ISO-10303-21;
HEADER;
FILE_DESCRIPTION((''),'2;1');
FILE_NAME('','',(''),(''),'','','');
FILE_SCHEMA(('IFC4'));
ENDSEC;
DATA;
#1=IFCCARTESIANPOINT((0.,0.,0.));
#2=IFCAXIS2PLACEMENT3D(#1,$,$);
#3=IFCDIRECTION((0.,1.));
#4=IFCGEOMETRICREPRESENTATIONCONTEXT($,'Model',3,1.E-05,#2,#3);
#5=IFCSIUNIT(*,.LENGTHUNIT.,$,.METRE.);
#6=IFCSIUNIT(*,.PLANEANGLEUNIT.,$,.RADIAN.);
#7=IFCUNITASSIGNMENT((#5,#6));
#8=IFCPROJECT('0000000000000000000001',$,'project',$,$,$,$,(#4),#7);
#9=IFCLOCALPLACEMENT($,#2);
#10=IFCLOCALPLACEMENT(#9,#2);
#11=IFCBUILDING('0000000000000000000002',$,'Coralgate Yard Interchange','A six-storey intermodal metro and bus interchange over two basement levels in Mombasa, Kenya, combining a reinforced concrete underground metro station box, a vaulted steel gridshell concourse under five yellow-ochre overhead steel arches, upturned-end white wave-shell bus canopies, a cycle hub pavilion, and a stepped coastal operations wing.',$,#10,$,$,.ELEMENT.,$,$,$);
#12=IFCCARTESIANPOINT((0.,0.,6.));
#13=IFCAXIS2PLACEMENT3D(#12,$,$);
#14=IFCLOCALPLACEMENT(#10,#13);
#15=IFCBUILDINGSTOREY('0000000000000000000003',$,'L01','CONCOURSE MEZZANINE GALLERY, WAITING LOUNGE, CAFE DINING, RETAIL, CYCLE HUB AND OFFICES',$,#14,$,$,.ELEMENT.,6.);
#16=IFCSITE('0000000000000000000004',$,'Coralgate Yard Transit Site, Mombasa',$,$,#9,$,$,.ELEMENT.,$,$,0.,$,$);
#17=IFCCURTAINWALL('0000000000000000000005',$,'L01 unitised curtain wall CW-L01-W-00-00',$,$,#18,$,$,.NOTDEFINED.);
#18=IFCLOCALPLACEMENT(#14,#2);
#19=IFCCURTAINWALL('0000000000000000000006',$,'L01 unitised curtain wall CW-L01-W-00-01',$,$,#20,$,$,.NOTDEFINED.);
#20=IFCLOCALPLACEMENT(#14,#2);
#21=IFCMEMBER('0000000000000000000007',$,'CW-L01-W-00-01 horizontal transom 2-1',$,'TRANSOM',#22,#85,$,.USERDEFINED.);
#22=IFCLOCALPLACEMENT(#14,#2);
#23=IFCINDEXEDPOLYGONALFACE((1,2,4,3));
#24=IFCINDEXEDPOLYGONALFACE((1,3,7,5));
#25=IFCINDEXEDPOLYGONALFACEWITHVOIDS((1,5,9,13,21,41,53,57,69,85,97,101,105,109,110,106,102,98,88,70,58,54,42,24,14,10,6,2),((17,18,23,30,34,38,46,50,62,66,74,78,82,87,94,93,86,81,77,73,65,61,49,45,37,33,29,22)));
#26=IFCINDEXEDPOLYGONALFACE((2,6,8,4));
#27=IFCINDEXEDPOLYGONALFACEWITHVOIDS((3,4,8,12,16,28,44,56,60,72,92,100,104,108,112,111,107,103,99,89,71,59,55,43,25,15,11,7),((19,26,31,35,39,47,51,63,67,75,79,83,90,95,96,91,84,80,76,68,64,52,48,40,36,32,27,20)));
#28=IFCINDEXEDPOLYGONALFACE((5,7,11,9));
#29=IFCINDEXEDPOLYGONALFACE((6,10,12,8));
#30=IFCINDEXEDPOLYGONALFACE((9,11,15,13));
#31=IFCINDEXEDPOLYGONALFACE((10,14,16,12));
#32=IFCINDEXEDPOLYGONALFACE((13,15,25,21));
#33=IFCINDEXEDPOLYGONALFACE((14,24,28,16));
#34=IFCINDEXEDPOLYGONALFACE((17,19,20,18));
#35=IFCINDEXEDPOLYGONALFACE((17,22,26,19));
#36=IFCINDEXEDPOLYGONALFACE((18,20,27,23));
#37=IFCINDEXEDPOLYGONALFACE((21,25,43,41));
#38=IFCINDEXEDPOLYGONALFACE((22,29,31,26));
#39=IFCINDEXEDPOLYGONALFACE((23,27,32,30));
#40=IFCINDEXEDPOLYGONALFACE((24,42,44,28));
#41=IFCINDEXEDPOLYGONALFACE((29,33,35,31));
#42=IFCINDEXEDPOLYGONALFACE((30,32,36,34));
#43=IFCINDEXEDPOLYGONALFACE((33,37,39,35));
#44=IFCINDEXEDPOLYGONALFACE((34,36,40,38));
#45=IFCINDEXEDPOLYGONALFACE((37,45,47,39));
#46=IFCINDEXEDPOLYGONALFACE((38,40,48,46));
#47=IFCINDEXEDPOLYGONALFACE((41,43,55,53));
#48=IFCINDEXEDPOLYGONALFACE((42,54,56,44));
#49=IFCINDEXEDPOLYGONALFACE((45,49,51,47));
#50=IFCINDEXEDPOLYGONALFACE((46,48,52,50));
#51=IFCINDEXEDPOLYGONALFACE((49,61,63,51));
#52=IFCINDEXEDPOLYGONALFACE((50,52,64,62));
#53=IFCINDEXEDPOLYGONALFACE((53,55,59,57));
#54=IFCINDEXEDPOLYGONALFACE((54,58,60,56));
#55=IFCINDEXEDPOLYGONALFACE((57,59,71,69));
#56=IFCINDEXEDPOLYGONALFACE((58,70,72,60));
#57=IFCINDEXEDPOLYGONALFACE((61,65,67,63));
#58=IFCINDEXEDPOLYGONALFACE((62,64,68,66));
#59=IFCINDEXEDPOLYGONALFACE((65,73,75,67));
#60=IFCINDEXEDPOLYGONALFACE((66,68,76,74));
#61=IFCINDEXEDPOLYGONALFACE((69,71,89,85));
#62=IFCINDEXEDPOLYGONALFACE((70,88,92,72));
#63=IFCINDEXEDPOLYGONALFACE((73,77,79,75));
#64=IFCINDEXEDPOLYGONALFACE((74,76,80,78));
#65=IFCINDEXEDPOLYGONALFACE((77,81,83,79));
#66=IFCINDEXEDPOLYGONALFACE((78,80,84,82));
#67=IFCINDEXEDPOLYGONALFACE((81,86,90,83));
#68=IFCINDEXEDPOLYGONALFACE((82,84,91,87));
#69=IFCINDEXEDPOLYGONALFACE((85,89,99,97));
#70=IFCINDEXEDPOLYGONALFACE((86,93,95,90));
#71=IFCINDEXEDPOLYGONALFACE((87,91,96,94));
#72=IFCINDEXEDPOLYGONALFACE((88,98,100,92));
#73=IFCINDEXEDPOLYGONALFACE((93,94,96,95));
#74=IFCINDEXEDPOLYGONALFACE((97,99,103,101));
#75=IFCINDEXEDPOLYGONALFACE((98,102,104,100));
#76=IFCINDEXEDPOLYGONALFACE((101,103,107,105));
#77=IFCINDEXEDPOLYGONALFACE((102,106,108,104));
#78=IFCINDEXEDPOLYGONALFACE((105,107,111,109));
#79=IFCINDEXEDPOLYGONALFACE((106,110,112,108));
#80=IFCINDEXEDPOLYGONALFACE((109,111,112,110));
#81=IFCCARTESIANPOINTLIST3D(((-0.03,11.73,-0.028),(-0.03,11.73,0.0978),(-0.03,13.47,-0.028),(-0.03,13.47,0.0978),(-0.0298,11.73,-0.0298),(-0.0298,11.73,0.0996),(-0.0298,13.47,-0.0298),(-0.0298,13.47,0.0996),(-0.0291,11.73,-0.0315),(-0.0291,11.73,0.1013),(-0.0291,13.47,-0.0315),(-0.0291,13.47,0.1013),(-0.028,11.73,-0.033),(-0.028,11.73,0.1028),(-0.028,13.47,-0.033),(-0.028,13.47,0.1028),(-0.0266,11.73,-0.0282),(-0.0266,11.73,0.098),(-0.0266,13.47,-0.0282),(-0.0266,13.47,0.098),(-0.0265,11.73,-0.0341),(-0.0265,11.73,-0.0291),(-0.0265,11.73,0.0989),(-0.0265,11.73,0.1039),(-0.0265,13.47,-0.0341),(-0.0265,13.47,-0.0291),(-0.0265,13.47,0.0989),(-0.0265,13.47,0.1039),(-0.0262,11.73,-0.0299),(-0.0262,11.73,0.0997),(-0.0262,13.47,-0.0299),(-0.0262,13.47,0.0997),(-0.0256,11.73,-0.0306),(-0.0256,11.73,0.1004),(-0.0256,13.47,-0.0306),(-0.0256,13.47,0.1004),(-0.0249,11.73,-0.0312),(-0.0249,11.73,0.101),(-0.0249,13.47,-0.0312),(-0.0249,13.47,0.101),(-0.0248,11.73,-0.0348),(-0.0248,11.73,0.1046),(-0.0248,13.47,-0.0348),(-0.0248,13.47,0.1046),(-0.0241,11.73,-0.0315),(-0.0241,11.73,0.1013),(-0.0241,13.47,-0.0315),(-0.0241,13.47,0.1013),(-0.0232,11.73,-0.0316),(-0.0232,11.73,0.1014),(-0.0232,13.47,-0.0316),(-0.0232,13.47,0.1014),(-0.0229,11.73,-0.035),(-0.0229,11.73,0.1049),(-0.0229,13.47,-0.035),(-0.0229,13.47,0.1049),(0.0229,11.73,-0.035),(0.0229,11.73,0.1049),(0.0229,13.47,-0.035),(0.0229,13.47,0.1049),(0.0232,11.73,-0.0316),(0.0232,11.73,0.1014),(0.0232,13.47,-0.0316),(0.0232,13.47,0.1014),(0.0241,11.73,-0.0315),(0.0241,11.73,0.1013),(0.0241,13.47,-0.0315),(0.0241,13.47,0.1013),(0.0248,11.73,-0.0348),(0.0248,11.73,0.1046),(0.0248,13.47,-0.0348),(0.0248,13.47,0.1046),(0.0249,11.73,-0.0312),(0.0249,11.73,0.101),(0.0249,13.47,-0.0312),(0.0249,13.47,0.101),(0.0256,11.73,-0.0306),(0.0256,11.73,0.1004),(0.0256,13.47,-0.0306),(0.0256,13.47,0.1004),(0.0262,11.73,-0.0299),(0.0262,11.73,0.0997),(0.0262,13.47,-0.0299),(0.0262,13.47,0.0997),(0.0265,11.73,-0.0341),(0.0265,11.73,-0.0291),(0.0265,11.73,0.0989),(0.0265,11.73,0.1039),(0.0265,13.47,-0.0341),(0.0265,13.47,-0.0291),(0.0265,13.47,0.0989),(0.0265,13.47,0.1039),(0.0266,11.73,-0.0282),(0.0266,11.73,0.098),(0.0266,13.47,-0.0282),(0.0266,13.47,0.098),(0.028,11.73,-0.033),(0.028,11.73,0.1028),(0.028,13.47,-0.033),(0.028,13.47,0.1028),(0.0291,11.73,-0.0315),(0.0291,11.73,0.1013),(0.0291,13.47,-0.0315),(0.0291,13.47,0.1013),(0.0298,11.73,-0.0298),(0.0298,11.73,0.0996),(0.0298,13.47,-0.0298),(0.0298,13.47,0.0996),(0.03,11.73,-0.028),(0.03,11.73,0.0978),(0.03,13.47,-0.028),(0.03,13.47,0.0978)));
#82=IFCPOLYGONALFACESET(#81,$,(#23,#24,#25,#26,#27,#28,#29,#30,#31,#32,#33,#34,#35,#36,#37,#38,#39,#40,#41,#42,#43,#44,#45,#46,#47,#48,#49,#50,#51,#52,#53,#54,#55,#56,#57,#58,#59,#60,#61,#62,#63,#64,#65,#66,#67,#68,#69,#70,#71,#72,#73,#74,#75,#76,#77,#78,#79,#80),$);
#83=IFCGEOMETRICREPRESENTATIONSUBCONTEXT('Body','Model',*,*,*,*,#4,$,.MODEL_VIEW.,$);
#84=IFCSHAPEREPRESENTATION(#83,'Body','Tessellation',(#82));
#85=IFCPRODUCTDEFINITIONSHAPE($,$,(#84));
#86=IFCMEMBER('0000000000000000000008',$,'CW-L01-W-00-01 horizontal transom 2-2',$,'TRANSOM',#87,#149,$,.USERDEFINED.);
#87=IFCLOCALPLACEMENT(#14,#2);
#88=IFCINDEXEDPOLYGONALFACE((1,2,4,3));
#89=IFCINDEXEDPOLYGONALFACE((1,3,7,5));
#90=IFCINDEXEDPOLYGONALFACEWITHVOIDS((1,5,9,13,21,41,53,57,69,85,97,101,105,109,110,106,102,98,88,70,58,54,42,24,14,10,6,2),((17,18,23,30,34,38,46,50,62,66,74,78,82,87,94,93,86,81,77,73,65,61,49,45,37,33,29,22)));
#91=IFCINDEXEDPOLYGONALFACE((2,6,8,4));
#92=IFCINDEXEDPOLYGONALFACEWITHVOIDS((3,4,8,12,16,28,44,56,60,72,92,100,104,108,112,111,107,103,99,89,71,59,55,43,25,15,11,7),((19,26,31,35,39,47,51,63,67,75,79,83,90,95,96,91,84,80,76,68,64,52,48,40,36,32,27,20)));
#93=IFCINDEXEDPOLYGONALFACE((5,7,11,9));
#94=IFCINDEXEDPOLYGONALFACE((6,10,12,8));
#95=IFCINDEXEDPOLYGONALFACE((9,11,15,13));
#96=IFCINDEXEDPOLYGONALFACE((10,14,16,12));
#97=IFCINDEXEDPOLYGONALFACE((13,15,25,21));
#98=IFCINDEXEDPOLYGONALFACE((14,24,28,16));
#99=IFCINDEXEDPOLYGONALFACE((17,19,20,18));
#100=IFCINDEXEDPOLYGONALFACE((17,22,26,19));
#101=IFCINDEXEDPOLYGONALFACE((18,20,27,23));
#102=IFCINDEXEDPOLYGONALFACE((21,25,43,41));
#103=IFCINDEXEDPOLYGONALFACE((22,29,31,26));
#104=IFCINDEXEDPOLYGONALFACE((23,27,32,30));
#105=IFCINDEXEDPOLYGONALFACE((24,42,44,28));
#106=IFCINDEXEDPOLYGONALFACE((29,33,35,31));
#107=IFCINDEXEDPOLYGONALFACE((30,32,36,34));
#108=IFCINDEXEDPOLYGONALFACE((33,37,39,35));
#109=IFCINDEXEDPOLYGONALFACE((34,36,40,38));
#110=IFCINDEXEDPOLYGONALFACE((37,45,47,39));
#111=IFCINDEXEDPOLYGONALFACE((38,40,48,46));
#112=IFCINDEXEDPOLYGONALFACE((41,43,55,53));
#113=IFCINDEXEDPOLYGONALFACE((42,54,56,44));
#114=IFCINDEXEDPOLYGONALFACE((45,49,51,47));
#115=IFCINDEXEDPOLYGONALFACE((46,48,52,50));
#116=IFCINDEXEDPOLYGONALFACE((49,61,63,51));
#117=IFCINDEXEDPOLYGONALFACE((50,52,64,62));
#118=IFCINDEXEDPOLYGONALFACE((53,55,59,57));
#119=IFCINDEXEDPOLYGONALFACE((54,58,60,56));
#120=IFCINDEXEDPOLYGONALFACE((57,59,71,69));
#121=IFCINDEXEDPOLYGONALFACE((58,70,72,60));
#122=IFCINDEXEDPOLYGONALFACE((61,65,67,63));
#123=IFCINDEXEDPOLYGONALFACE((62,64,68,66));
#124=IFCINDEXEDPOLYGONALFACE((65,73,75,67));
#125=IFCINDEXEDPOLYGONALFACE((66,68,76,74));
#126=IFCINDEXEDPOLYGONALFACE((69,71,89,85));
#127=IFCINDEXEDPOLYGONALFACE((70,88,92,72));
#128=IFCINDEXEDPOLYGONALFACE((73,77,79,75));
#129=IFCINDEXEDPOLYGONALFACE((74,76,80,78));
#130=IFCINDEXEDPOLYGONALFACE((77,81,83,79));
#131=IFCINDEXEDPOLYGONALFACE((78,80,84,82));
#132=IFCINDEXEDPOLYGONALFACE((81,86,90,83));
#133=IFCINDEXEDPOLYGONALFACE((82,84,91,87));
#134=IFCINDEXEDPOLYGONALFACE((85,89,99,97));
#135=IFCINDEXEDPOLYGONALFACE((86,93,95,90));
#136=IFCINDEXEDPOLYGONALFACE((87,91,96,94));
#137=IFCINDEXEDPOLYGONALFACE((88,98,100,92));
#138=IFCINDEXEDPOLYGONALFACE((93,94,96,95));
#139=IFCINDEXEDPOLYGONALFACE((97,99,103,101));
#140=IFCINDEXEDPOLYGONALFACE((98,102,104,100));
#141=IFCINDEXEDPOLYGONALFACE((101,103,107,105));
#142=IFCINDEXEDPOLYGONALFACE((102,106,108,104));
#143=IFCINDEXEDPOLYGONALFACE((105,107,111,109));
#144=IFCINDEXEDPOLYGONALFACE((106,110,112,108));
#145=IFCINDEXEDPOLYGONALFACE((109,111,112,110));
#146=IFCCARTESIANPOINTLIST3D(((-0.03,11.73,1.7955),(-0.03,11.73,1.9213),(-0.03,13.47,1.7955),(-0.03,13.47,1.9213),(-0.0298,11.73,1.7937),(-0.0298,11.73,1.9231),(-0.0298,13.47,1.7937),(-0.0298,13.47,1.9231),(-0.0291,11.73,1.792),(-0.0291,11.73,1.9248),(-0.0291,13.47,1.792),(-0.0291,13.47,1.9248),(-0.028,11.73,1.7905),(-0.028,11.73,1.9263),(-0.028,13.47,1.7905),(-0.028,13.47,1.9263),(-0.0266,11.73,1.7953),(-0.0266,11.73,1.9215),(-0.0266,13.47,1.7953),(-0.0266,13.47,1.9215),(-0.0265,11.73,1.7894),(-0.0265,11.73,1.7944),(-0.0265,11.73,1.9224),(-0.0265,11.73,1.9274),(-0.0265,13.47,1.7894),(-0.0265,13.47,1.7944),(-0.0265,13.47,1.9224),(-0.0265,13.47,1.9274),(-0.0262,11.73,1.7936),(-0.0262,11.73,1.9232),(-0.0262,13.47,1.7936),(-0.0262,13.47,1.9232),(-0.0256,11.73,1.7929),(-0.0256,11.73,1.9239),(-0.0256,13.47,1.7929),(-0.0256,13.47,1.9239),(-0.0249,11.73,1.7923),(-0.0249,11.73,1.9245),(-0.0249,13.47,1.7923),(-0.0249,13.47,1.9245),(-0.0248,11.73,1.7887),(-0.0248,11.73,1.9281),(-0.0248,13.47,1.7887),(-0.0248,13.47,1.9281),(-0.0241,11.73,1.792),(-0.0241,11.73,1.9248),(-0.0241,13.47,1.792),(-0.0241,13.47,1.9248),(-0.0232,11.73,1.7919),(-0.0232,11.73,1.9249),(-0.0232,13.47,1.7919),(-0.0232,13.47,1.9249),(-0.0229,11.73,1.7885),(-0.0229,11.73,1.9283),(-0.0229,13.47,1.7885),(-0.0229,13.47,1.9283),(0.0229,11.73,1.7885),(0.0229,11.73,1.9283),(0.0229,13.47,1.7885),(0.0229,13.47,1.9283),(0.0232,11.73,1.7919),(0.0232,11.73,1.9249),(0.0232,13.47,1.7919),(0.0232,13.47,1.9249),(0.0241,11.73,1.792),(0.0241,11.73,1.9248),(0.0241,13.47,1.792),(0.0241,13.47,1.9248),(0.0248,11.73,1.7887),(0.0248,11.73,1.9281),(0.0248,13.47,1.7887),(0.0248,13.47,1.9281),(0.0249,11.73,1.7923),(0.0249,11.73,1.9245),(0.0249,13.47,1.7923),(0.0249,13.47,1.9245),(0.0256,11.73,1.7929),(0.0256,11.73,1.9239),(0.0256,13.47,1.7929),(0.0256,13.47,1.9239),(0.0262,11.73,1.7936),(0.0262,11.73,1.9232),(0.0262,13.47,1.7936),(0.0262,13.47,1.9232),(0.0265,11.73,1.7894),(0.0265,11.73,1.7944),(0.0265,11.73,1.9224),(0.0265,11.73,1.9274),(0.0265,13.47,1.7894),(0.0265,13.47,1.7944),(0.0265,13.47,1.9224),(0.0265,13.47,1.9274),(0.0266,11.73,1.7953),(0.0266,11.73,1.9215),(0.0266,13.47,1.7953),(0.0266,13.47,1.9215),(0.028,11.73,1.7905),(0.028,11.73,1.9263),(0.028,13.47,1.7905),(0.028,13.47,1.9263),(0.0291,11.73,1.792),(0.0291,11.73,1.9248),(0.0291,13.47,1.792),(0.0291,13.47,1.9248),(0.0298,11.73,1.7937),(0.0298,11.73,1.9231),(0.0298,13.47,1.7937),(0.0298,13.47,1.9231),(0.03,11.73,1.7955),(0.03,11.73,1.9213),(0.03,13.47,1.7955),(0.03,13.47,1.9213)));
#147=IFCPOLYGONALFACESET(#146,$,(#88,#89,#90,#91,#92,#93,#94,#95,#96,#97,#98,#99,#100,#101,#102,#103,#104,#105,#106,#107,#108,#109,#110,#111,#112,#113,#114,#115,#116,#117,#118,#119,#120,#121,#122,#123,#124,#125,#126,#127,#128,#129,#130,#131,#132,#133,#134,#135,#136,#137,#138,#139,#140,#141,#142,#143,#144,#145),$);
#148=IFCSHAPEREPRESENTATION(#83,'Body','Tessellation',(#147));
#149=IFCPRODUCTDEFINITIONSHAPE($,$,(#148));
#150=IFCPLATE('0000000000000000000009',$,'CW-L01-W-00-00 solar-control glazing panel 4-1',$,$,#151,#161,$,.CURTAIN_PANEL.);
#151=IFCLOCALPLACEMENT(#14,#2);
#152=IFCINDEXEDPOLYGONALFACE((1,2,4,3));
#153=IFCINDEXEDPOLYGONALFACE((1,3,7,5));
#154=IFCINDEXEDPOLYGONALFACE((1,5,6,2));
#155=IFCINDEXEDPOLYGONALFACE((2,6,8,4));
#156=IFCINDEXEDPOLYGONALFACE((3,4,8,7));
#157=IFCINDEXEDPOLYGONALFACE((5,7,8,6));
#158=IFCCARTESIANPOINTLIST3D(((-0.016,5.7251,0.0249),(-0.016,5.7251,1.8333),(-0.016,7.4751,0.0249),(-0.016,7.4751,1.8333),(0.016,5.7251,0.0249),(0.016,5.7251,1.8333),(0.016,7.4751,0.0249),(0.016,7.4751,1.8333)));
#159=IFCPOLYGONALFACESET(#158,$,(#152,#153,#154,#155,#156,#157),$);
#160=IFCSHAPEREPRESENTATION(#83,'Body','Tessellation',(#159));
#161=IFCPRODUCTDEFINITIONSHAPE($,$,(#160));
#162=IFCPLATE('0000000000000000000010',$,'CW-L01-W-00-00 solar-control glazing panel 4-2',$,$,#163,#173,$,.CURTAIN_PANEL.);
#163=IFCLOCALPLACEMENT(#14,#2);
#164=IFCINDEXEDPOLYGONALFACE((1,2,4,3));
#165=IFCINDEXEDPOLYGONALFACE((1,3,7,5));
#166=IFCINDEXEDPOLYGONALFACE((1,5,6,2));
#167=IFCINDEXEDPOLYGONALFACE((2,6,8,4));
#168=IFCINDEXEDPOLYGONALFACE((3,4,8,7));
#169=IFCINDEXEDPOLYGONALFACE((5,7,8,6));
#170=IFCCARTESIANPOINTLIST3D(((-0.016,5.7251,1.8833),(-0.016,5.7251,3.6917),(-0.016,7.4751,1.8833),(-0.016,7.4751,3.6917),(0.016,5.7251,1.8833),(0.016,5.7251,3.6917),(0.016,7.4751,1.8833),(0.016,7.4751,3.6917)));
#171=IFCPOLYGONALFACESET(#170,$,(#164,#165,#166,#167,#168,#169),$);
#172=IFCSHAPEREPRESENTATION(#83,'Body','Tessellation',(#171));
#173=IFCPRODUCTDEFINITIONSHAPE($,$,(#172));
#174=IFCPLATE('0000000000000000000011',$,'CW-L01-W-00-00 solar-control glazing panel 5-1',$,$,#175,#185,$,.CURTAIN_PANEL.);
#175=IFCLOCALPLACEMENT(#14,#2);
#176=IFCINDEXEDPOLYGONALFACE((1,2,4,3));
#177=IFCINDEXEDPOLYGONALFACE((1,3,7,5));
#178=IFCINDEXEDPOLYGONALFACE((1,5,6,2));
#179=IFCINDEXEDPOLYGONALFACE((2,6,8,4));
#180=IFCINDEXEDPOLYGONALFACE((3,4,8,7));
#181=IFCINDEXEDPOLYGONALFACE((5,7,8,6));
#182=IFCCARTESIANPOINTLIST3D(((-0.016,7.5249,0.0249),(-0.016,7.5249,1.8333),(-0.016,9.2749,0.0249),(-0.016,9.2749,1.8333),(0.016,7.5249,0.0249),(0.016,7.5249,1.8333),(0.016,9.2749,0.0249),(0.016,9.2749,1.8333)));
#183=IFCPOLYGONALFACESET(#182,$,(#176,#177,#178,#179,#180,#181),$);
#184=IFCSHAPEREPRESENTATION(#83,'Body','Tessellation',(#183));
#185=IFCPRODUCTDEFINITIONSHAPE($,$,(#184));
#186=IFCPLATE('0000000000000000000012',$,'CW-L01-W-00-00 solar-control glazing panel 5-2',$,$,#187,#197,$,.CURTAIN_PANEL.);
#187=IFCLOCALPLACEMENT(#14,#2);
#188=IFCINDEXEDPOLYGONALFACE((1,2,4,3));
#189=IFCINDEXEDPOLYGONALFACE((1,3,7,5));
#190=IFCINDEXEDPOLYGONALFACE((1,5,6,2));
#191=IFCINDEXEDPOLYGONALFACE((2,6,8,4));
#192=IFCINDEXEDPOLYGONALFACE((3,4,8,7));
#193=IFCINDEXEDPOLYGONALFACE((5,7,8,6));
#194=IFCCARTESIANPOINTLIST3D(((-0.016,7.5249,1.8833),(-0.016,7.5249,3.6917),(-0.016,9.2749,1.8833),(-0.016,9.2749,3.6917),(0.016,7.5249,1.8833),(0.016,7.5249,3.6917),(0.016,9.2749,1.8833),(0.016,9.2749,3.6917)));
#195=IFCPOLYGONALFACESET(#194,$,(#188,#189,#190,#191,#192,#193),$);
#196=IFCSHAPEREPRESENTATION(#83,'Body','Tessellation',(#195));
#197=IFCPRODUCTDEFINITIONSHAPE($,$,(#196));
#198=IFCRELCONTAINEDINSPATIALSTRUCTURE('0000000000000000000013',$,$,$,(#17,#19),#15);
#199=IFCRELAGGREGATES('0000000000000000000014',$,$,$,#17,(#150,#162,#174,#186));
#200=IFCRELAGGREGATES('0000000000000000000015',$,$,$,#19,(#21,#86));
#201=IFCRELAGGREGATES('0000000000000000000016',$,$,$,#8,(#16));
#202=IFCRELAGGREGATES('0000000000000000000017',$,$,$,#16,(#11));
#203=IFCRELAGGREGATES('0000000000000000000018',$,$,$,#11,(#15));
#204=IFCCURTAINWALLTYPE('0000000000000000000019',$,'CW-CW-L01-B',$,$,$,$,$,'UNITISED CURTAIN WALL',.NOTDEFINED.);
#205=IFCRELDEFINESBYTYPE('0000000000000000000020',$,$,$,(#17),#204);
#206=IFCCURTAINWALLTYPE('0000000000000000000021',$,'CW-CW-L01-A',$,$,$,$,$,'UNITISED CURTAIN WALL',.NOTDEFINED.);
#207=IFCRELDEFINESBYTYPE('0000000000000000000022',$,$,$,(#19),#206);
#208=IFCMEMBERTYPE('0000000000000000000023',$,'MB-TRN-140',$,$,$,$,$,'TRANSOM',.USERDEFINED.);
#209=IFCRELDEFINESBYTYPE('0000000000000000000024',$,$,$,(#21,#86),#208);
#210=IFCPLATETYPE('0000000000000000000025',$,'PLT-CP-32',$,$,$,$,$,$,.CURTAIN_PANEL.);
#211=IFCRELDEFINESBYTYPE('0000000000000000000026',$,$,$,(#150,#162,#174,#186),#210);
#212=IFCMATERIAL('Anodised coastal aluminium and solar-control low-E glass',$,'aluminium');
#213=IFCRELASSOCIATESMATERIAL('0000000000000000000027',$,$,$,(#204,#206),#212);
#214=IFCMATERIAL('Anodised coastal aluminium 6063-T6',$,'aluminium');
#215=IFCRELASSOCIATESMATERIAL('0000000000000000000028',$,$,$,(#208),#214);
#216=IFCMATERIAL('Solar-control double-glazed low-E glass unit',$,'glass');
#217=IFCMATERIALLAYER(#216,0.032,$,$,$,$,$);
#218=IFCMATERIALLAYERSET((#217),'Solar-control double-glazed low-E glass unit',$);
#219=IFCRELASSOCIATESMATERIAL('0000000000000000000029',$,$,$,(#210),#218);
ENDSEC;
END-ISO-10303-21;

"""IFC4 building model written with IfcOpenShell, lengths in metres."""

from ifc_helpers import new_model, si_unit, direction, frame, origin, origin_2d, place, context, subcontext, project, spatial, rectangle, hollow_rectangle, extrude, material, layer, layer_set, material_profile, profile_set, type_object, element, aggregate, save


model = new_model("IFC4")

# Units and contexts
model_context = context("Model", 3, precision=1e-05, world=origin(), true_north=direction((0.0, 1.0)))
body_context = subcontext(model_context, "Body", "Model", "MODEL_VIEW")
ifc_project = project(units=[si_unit("LENGTHUNIT", "METRE"), si_unit("PLANEANGLEUNIT", "RADIAN")], contexts=[model_context])

# Site, building, storey
site_placement = place(None, origin())
site = spatial("IfcSite", under=ifc_project, at=site_placement, Name="Coralgate Yard Transit Site, Mombasa", CompositionType="ELEMENT", RefElevation=0.0)
building_placement = place(site_placement, origin())
building = spatial("IfcBuilding", under=site, at=building_placement, Name="Coralgate Yard Interchange", Description="A six-storey intermodal metro and bus interchange over two basement levels in Mombasa, Kenya, combining a reinforced concrete underground metro station box, a vaulted steel gridshell concourse under five yellow-ochre overhead steel arches, upturned-end white wave-shell bus canopies, a cycle hub pavilion, and a stepped coastal operations wing.", CompositionType="ELEMENT")
storey_placement = place(building_placement, frame((0.0, 0.0, 6.0)))
storey = spatial("IfcBuildingStorey", under=building, at=storey_placement, Name="L01", Description="CONCOURSE MEZZANINE GALLERY, WAITING LOUNGE, CAFE DINING, RETAIL, CYCLE HUB AND OFFICES", CompositionType="ELEMENT", Elevation=6.0)

# Curtain walls
ifc_material_1 = material(Name="Anodised coastal aluminium and solar-control low-E glass", Category="aluminium")
curtain_wall_type_1 = type_object("IfcCurtainWallType", Name="CW-CW-L01-B", ElementType="UNITISED CURTAIN WALL", PredefinedType="NOTDEFINED", material=ifc_material_1)
curtain_wall_1_placement = place(storey_placement, origin())
curtain_wall_1 = element("IfcCurtainWall", 1, at=curtain_wall_1_placement, inside=storey, type_object=curtain_wall_type_1, Name="L01 unitised curtain wall CW-L01-W-00-00", PredefinedType="NOTDEFINED")
ifc_material_2 = material(Name="Anodised coastal aluminium 6063-T6", Category="aluminium")
curtain_wall_type_2 = type_object("IfcCurtainWallType", Name="CW-CW-L01-A", ElementType="UNITISED CURTAIN WALL", PredefinedType="NOTDEFINED", material=ifc_material_1)
curtain_wall_2_placement = place(storey_placement, origin())
curtain_wall_2 = element("IfcCurtainWall", 2, at=curtain_wall_2_placement, inside=storey, type_object=curtain_wall_type_2, Name="L01 unitised curtain wall CW-L01-W-00-01", PredefinedType="NOTDEFINED")

# Members
ifc_material_profile_1 = material_profile(ifc_material_2, hollow_rectangle(XDim=0.0601, YDim=0.1399, WallThickness=0.0034, InnerFilletRadius=0.0034, OuterFilletRadius=0.0071, at=origin_2d()), Name="ALU 60x140x3.5")
ifc_profile_set_1 = profile_set([ifc_material_profile_1], Name="Anodised coastal aluminium 6063-T6")
member_type_1 = type_object("IfcMemberType", Name="MB-TRN-140", ElementType="TRANSOM", PredefinedType="USERDEFINED", material=ifc_profile_set_1)
member_1_placement = place(storey_placement, frame((0.0, 11.73, 0.0349), z_axis=(0.0, 1.0, 0.0), x_axis=(-1.0, 0.0, 0.0)))
member_1 = element("IfcMember", 3, at=member_1_placement, type_object=member_type_1, Name="CW-L01-W-00-01 horizontal transom 2-1", ObjectType="TRANSOM", PredefinedType="USERDEFINED", context=body_context, shape_type="SweptSolid", body=[
    extrude(hollow_rectangle(XDim=0.0601, YDim=0.1399, WallThickness=0.0034, InnerFilletRadius=0.0034, OuterFilletRadius=0.0071, at=origin_2d()), origin(), (0.0, 0.0, 1.0), 1.74),
])
member_2_placement = place(storey_placement, frame((0.0, 11.73, 1.8584), z_axis=(0.0, 1.0, 0.0), x_axis=(-1.0, 0.0, 0.0)))
member_2 = element("IfcMember", 4, at=member_2_placement, type_object=member_type_1, Name="CW-L01-W-00-01 horizontal transom 2-2", ObjectType="TRANSOM", PredefinedType="USERDEFINED", context=body_context, shape_type="SweptSolid", body=[
    extrude(hollow_rectangle(XDim=0.0601, YDim=0.1399, WallThickness=0.0034, InnerFilletRadius=0.0034, OuterFilletRadius=0.0071, at=origin_2d()), origin(), (0.0, 0.0, 1.0), 1.74),
])

# Plates
ifc_material_3 = material(Name="Solar-control double-glazed low-E glass unit", Category="glass")
ifc_layer_1 = layer(ifc_material_3, 0.032)
ifc_layer_set_1 = layer_set([ifc_layer_1], Name="Solar-control double-glazed low-E glass unit")
plate_type = type_object("IfcPlateType", Name="PLT-CP-32", PredefinedType="CURTAIN_PANEL", material=ifc_layer_set_1)
plate_1_placement = place(storey_placement, frame((0.0, 6.6001, 0.0249), z_axis=(0.0, 0.0, 1.0), x_axis=(0.0, 1.0, 0.0)))
plate_1 = element("IfcPlate", 5, at=plate_1_placement, type_object=plate_type, Name="CW-L01-W-00-00 solar-control glazing panel 4-1", PredefinedType="CURTAIN_PANEL", context=body_context, shape_type="SweptSolid", body=[
    extrude(rectangle(XDim=1.75, YDim=0.032, at=origin_2d()), origin(), (0.0, 0.0, 1.0), 1.8083),
])
plate_2_placement = place(storey_placement, frame((0.0, 6.6001, 1.8833), z_axis=(0.0, 0.0, 1.0), x_axis=(0.0, 1.0, 0.0)))
plate_2 = element("IfcPlate", 6, at=plate_2_placement, type_object=plate_type, Name="CW-L01-W-00-00 solar-control glazing panel 4-2", PredefinedType="CURTAIN_PANEL", context=body_context, shape_type="SweptSolid", body=[
    extrude(rectangle(XDim=1.75, YDim=0.032, at=origin_2d()), origin(), (0.0, 0.0, 1.0), 1.8083),
])
plate_3_placement = place(storey_placement, frame((0.0, 8.3999, 0.0249), z_axis=(0.0, 0.0, 1.0), x_axis=(0.0, 1.0, 0.0)))
plate_3 = element("IfcPlate", 7, at=plate_3_placement, type_object=plate_type, Name="CW-L01-W-00-00 solar-control glazing panel 5-1", PredefinedType="CURTAIN_PANEL", context=body_context, shape_type="SweptSolid", body=[
    extrude(rectangle(XDim=1.75, YDim=0.032, at=origin_2d()), origin(), (0.0, 0.0, 1.0), 1.8083),
])
plate_4_placement = place(storey_placement, frame((0.0, 8.3999, 1.8833), z_axis=(0.0, 0.0, 1.0), x_axis=(0.0, 1.0, 0.0)))
plate_4 = element("IfcPlate", 8, at=plate_4_placement, type_object=plate_type, Name="CW-L01-W-00-00 solar-control glazing panel 5-2", PredefinedType="CURTAIN_PANEL", context=body_context, shape_type="SweptSolid", body=[
    extrude(rectangle(XDim=1.75, YDim=0.032, at=origin_2d()), origin(), (0.0, 0.0, 1.0), 1.8083),
])
aggregate(curtain_wall_1, [plate_1, plate_2, plate_3, plate_4])
aggregate(curtain_wall_2, [member_1, member_2])

save(model, "model.ifc")
